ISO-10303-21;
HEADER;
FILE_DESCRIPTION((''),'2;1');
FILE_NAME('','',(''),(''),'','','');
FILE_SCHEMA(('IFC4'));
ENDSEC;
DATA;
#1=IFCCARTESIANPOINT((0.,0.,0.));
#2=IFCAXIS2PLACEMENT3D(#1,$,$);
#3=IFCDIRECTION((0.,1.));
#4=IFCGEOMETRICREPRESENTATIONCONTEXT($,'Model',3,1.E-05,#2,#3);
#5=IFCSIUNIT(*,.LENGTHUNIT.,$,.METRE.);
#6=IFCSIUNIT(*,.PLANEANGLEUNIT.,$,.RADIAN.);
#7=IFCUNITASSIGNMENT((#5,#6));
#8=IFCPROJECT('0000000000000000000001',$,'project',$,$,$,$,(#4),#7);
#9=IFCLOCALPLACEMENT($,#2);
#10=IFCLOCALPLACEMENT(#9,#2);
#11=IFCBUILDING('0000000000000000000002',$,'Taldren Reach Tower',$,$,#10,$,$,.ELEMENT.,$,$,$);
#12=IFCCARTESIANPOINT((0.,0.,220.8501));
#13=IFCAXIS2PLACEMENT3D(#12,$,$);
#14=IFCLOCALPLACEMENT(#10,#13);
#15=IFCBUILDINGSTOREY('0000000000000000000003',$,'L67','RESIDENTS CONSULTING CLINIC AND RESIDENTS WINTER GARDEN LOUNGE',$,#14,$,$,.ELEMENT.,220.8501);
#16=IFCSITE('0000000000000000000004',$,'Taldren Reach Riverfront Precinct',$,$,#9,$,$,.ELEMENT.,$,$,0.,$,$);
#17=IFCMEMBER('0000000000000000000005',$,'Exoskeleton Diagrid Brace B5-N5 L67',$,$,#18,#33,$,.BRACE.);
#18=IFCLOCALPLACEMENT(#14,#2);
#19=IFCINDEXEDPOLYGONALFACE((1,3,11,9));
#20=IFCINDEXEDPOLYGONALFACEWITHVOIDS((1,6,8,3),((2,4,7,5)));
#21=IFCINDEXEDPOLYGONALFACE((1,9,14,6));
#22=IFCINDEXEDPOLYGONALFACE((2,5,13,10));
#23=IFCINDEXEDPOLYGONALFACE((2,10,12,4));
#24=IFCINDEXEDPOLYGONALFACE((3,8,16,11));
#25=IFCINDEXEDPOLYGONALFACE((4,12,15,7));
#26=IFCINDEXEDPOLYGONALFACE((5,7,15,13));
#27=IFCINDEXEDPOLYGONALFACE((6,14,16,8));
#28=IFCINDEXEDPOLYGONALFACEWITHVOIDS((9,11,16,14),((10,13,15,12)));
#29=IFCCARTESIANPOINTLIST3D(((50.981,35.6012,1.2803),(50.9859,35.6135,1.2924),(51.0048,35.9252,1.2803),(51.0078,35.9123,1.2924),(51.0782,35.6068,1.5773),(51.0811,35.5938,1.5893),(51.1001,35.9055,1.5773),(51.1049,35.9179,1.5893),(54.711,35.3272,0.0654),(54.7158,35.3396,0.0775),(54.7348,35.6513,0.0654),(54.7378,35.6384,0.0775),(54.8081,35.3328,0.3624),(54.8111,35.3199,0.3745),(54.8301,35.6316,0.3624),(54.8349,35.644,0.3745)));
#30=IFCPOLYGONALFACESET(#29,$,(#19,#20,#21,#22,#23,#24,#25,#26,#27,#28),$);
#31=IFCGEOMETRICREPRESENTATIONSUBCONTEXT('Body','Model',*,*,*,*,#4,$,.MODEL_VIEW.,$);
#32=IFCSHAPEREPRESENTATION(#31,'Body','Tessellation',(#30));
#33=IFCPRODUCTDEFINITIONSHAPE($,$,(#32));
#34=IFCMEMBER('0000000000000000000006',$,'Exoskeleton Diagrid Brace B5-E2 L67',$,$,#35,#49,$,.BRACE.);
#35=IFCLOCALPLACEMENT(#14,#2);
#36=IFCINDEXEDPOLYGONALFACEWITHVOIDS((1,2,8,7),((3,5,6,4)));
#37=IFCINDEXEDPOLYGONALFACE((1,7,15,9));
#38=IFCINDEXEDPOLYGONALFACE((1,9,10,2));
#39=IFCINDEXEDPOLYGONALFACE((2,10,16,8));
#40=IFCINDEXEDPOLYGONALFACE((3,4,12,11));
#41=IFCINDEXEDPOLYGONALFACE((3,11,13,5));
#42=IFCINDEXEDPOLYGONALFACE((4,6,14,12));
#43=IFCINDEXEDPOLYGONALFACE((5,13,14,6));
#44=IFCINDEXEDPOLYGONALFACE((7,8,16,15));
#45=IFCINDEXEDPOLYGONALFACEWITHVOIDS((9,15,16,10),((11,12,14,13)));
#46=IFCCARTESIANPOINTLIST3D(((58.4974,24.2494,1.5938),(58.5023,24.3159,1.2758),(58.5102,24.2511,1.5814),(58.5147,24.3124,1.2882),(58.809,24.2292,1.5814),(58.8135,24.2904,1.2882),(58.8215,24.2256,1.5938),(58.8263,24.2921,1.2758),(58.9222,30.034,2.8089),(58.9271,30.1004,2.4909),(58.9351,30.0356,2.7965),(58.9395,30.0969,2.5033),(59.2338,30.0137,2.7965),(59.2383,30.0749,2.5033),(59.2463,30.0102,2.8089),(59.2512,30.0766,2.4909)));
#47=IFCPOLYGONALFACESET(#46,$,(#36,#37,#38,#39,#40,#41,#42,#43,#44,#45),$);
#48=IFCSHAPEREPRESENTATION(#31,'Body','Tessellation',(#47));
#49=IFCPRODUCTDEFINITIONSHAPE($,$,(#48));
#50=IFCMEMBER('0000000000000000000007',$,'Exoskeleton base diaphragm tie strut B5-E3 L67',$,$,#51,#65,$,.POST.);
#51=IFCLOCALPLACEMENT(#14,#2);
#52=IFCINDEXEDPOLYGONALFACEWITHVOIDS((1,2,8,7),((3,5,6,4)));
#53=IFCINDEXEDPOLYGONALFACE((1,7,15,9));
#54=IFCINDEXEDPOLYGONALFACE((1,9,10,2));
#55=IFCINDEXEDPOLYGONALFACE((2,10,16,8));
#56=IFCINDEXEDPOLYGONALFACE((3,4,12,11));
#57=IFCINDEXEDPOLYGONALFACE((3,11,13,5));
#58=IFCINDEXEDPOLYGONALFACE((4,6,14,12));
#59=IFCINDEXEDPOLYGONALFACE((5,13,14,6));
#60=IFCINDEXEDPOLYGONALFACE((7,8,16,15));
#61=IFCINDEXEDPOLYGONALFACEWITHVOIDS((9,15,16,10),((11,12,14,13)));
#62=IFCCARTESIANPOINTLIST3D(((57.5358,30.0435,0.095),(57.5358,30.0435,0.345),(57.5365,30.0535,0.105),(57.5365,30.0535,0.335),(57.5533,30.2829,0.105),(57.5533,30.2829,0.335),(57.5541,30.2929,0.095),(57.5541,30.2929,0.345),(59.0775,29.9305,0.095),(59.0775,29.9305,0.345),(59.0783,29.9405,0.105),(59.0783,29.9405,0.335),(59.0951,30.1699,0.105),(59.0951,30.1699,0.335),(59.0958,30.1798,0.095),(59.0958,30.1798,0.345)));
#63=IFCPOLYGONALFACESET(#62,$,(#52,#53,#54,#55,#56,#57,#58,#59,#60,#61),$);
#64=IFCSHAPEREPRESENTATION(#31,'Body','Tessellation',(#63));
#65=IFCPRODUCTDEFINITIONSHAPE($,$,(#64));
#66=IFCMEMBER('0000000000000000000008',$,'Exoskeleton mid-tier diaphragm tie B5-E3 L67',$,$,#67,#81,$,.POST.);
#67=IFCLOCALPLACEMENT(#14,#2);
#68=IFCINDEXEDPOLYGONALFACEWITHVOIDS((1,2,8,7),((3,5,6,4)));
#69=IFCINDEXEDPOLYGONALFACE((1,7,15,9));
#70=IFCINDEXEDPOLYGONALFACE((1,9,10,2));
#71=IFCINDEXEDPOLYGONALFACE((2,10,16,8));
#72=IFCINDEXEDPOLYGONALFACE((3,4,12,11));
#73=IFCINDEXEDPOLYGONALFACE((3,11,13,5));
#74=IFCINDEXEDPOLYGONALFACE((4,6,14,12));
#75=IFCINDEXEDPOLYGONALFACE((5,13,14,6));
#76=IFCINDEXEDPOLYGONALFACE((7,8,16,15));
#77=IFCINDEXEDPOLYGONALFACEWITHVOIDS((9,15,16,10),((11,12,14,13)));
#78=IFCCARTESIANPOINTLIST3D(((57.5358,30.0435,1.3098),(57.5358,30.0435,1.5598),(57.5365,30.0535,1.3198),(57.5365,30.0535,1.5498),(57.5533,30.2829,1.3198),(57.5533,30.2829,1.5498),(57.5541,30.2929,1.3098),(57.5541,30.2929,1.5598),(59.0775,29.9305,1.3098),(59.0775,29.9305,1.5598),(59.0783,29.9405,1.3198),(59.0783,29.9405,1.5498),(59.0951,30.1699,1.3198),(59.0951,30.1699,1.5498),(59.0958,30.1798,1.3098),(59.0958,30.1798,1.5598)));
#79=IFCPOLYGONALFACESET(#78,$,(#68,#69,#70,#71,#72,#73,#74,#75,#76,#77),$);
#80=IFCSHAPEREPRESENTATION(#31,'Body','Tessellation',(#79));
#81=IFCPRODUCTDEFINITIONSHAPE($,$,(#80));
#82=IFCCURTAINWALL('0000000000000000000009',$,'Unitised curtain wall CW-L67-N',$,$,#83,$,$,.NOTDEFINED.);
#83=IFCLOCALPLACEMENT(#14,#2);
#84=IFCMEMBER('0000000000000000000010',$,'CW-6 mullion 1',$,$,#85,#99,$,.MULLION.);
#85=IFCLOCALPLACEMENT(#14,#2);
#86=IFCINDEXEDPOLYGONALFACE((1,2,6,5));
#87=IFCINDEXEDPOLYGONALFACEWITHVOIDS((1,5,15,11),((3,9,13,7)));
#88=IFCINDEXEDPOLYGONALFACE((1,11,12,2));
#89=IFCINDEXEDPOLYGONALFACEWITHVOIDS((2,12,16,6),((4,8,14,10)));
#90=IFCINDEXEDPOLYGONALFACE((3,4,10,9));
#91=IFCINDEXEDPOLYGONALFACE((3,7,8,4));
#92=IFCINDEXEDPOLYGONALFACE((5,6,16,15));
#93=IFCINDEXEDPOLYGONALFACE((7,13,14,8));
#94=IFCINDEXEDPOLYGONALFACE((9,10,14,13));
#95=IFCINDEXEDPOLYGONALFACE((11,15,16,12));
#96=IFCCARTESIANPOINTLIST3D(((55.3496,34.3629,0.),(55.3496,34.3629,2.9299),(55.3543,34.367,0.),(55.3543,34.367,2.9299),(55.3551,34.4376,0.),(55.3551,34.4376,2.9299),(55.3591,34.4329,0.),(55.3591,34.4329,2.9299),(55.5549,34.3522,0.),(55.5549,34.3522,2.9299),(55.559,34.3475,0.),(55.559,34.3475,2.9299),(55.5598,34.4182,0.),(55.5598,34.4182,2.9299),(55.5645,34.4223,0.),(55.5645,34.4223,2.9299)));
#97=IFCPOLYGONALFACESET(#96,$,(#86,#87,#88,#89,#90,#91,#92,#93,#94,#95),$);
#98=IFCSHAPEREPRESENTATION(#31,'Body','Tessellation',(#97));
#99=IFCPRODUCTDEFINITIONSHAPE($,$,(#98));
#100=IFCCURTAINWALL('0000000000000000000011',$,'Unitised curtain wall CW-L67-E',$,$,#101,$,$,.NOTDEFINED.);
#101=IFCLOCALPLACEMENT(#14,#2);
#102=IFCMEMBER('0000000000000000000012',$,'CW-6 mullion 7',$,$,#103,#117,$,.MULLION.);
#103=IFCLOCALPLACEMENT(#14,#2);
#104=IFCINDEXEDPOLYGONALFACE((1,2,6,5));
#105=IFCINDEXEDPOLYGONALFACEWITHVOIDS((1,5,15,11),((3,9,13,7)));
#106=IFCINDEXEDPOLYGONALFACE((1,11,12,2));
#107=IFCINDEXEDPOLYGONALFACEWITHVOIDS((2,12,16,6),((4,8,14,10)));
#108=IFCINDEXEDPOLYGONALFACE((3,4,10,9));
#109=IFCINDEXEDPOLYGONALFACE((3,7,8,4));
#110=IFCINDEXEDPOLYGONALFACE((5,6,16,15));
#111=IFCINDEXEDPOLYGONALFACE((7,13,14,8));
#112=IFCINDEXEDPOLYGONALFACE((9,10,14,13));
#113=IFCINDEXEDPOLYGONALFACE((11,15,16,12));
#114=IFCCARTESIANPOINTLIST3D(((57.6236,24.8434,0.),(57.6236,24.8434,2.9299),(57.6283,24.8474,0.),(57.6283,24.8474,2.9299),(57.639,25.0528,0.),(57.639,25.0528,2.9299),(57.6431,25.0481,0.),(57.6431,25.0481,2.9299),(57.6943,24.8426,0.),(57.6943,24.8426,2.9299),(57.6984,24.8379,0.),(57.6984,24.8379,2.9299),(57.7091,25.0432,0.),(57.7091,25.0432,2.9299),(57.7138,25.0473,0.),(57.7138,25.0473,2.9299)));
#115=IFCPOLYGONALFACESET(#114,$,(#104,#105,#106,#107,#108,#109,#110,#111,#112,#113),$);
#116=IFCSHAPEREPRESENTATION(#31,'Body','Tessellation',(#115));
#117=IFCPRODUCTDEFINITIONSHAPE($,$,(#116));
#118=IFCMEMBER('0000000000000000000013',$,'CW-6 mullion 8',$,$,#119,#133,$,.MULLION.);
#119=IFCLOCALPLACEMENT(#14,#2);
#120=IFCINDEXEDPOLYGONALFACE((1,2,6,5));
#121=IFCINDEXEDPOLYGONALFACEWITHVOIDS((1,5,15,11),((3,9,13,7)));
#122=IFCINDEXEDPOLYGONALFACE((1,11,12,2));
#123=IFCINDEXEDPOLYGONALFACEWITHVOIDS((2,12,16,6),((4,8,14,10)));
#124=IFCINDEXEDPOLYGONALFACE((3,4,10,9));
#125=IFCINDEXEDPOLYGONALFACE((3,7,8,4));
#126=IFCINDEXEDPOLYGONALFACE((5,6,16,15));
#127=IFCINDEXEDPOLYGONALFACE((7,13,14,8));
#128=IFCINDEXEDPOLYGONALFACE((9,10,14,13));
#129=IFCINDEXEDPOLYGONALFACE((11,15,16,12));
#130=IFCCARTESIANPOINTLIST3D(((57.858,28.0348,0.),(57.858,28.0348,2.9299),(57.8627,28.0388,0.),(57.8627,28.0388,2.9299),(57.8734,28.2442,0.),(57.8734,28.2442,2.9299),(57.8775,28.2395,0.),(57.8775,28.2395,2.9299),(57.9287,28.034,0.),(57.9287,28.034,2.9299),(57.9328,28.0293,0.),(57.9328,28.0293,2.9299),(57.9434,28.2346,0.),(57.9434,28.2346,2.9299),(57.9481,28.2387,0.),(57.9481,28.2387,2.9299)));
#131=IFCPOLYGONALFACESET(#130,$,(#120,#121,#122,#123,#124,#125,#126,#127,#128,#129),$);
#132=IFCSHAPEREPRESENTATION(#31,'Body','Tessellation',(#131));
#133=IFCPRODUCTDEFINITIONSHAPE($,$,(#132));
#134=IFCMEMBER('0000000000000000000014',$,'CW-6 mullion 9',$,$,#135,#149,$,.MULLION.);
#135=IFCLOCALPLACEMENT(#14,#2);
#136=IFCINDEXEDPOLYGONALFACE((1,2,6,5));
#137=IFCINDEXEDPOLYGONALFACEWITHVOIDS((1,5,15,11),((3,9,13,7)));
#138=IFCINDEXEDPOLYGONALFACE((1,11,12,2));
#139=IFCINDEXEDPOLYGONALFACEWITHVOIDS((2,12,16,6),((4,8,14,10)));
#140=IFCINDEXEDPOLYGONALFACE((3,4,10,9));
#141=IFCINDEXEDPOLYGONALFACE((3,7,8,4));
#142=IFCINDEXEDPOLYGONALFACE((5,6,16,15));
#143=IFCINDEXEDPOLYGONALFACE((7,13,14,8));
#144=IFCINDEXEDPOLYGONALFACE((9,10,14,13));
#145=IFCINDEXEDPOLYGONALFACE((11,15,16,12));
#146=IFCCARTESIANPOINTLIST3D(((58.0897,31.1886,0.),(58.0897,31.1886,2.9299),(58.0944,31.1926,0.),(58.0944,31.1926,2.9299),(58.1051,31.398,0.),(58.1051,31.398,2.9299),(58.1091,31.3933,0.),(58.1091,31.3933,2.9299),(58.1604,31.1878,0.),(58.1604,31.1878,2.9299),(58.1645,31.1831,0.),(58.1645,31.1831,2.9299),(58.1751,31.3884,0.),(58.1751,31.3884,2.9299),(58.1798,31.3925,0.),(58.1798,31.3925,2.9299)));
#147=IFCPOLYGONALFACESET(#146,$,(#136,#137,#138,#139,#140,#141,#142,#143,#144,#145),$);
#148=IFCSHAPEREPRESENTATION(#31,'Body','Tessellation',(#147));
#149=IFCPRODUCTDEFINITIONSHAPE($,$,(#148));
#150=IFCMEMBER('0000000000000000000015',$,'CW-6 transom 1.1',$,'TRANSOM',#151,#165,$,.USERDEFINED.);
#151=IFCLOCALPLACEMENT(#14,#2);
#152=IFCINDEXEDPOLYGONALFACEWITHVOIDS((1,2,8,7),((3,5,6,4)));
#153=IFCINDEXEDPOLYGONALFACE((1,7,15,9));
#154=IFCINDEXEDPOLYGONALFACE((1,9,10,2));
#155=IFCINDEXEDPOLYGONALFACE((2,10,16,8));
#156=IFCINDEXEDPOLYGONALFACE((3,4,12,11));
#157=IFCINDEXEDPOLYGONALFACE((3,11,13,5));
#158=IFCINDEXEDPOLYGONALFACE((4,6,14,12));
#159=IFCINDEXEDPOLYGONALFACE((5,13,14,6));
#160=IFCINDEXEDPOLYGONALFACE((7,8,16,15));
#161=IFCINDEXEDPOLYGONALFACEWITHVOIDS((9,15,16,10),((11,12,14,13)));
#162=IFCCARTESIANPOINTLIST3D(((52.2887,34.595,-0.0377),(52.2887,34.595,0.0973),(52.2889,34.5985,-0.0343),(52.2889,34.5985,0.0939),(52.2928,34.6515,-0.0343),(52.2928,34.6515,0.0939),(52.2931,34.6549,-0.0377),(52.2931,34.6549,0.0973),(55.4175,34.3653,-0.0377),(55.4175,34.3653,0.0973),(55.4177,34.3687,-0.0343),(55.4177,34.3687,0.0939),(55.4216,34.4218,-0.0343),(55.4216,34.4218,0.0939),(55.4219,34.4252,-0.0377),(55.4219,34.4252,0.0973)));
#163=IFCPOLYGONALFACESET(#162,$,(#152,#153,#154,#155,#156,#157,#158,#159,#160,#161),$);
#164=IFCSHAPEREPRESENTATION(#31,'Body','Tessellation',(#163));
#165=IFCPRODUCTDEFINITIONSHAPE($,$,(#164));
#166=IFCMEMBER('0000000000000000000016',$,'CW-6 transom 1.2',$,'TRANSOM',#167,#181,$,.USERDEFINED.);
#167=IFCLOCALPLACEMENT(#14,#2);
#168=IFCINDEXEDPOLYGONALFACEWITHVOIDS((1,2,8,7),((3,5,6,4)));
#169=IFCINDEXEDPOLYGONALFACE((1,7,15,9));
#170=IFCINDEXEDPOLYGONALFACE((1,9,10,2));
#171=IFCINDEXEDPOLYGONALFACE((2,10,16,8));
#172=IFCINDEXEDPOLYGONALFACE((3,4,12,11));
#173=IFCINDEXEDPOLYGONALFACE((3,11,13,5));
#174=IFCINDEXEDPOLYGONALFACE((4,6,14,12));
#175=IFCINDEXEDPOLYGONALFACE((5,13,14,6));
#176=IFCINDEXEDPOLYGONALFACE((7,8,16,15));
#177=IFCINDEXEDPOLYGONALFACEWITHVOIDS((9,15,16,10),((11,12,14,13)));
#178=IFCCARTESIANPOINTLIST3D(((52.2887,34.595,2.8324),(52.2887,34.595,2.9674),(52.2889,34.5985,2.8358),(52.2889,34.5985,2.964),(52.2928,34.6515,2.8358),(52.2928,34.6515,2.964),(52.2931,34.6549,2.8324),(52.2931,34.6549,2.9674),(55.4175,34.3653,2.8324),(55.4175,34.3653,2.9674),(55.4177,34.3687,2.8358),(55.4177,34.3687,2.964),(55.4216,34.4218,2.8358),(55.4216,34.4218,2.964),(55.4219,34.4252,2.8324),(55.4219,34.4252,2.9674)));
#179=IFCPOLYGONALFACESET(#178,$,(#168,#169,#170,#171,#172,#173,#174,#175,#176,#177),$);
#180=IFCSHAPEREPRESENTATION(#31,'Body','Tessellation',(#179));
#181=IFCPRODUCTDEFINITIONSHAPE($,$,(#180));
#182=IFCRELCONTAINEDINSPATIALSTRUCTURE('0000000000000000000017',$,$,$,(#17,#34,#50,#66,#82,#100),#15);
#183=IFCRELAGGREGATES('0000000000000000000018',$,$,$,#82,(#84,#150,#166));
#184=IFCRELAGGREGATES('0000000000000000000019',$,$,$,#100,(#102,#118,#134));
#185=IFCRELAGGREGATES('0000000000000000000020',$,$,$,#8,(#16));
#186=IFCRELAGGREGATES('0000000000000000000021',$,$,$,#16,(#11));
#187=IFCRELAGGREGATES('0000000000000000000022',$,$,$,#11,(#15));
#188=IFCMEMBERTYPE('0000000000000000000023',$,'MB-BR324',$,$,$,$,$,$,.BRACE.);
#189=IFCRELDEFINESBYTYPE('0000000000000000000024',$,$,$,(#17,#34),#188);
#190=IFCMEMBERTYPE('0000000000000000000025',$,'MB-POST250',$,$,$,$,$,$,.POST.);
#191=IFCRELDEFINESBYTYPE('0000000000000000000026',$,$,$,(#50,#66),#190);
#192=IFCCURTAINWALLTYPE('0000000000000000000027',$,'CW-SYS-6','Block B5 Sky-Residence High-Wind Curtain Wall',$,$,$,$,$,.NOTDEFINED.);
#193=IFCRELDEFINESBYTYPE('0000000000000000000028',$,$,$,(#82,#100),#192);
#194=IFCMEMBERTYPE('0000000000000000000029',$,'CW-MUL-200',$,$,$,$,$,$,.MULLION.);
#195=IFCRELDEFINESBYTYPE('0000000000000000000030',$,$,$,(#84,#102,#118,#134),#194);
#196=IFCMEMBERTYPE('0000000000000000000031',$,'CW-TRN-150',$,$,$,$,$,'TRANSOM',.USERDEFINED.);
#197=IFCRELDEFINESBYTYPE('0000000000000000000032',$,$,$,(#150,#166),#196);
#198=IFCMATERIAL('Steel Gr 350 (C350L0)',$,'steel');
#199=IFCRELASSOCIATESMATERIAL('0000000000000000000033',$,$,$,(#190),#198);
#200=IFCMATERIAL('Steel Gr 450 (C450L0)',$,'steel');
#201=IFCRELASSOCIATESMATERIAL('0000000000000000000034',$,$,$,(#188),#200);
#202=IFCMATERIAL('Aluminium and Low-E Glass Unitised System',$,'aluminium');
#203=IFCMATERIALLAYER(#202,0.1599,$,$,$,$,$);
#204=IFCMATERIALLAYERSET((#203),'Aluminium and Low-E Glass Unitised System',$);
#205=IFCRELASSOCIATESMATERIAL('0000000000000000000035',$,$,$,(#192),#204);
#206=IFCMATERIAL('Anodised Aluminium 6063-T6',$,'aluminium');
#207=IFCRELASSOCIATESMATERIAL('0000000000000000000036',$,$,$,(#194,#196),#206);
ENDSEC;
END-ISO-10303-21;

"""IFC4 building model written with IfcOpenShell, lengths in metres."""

from ifc_helpers import new_model, si_unit, direction, frame, origin, origin_2d, place, context, subcontext, project, spatial, hollow_rectangle, extrude, source, transform, mapped, material, layer, layer_set, material_profile, profile_set, type_object, element, aggregate, save


model = new_model("IFC4")

# Units and contexts
model_context = context("Model", 3, precision=1e-05, world=origin(), true_north=direction((0.0, 1.0)))
body_context = subcontext(model_context, "Body", "Model", "MODEL_VIEW")
ifc_project = project(units=[si_unit("LENGTHUNIT", "METRE"), si_unit("PLANEANGLEUNIT", "RADIAN")], contexts=[model_context])

# Site, building, storey
site_placement = place(None, origin())
site = spatial("IfcSite", under=ifc_project, at=site_placement, Name="Taldren Reach Riverfront Precinct", CompositionType="ELEMENT", RefElevation=0.0)
building_placement = place(site_placement, origin())
building = spatial("IfcBuilding", under=site, at=building_placement, Name="Taldren Reach Tower", CompositionType="ELEMENT")
storey_placement = place(building_placement, frame((0.0, 0.0, 220.8501)))
storey = spatial("IfcBuildingStorey", under=building, at=storey_placement, Name="L67", Description="RESIDENTS CONSULTING CLINIC AND RESIDENTS WINTER GARDEN LOUNGE", CompositionType="ELEMENT", Elevation=220.8501)

# Shared definitions
ifc_material_1 = material(Name="Steel Gr 350 (C350L0)", Category="steel")

# Shared definitions
ifc_material_profile_1 = material_profile(ifc_material_1, hollow_rectangle(XDim=0.25, YDim=0.25, WallThickness=0.01, at=origin_2d()), Name="250x250x10.0SHS")
ifc_profile_set_1 = profile_set([ifc_material_profile_1], Name="Steel Gr 350 (C350L0)")
member_type_1 = type_object("IfcMemberType", Name="MB-POST250", PredefinedType="POST", material=ifc_profile_set_1)
ifc_material_2 = material(Name="Steel Gr 450 (C450L0)", Category="steel")

# Members
ifc_material_profile_2 = material_profile(ifc_material_2, hollow_rectangle(XDim=0.325, YDim=0.325, WallThickness=0.0127, at=origin_2d()), Name="325x325x12.7SHS")
ifc_profile_set_2 = profile_set([ifc_material_profile_2], Name="Steel Gr 450 (C450L0)")
member_type_2 = type_object("IfcMemberType", Name="MB-BR324", PredefinedType="BRACE", material=ifc_profile_set_2)
shared_shape_1 = source(origin(), body_context, "Body", "SweptSolid", [
    extrude(hollow_rectangle(XDim=0.325, YDim=0.325, WallThickness=0.0127, at=origin_2d()), origin(), (0.0, 0.0, 1.0), 3.9324),
])
member_1_placement = place(storey_placement, frame((54.7729, 35.4856, 0.22), z_axis=(-0.948529, 0.069659, 0.308933), x_axis=(-0.073242, -0.997314, 0.0)))
element("IfcMember", 1, at=member_1_placement, inside=storey, type_object=member_type_2, Name="Exoskeleton Diagrid Brace B5-N5 L67", PredefinedType="BRACE", context=body_context, shape_type="MappedRepresentation", body=[
    mapped(shared_shape_1, transform((0.0, 0.0, 0.0), scale=1.0)),
])
shared_shape_2 = source(origin(), body_context, "Body", "SweptSolid", [
    extrude(hollow_rectangle(XDim=0.325, YDim=0.325, WallThickness=0.0127, at=origin_2d()), origin(), (0.0, 0.0, 1.0), 5.926),
])
member_2_placement = place(storey_placement, frame((58.6619, 24.2708, 1.4348), z_axis=(0.071686, 0.976123, 0.205046), x_axis=(-0.997314, 0.073242, 0.0)))
element("IfcMember", 2, at=member_2_placement, inside=storey, type_object=member_type_2, Name="Exoskeleton Diagrid Brace B5-E2 L67", PredefinedType="BRACE", context=body_context, shape_type="MappedRepresentation", body=[
    mapped(shared_shape_2, transform((0.0, 0.0, 0.0), scale=1.0)),
])
shared_shape_3 = source(origin(), body_context, "Body", "SweptSolid", [
    extrude(hollow_rectangle(XDim=0.25, YDim=0.25, WallThickness=0.01, at=origin_2d()), origin(), (0.0, 0.0, 1.0), 1.5459),
])
for number, where, z_axis, x_axis, name in (
    (3, (57.5449, 30.1682, 0.22), (0.997323, -0.073121, 0.0), (0.073121, 0.997323, 0.0), "Exoskeleton base diaphragm tie strut B5-E3 L67"),
    (4, (57.5449, 30.1682, 1.4348), (0.997323, -0.073121, 0.0), (0.073121, 0.997323, 0.0), "Exoskeleton mid-tier diaphragm tie B5-E3 L67"),
):
    element("IfcMember", number, at=place(storey_placement, frame(where, z_axis=z_axis, x_axis=x_axis)), inside=storey, type_object=member_type_1, Name=name, PredefinedType="POST", context=body_context, shape_type="MappedRepresentation", body=[
        mapped(shared_shape_3, transform((0.0, 0.0, 0.0), scale=1.0)),
    ])

# Curtain wall, member
ifc_material_3 = material(Name="Aluminium and Low-E Glass Unitised System", Category="aluminium")
ifc_layer_1 = layer(ifc_material_3, 0.1599)
ifc_layer_set_1 = layer_set([ifc_layer_1], Name="Aluminium and Low-E Glass Unitised System")
curtain_wall_type = type_object("IfcCurtainWallType", Name="CW-SYS-6", Description="Block B5 Sky-Residence High-Wind Curtain Wall", PredefinedType="NOTDEFINED", material=ifc_layer_set_1)
curtain_wall_1_placement = place(storey_placement, origin())
curtain_wall_1 = element("IfcCurtainWall", 5, at=curtain_wall_1_placement, inside=storey, type_object=curtain_wall_type, Name="Unitised curtain wall CW-L67-N", PredefinedType="NOTDEFINED")
ifc_material_4 = material(Name="Anodised Aluminium 6063-T6", Category="aluminium")
ifc_material_profile_3 = material_profile(ifc_material_4, hollow_rectangle(XDim=0.075, YDim=0.21, WallThickness=0.0044, at=origin_2d()), Name="ALU-210x75x4.5RHS")
ifc_profile_set_3 = profile_set([ifc_material_profile_3], Name="Anodised Aluminium 6063-T6")
member_type_3 = type_object("IfcMemberType", Name="CW-MUL-200", PredefinedType="MULLION", material=ifc_profile_set_3)
shared_shape_4 = source(origin(), body_context, "Body", "SweptSolid", [
    extrude(hollow_rectangle(XDim=0.075, YDim=0.21, WallThickness=0.0044, at=origin_2d()), origin(), (0.0, 0.0, 1.0), 2.9299),
])
member_3_placement = place(storey_placement, frame((55.457, 34.3926, 0.0), z_axis=(0.0, 0.0, 1.0), x_axis=(-0.073238, -0.997314, 0.0)))
member_3 = element("IfcMember", 6, at=member_3_placement, type_object=member_type_3, Name="CW-6 mullion 1", PredefinedType="MULLION", context=body_context, shape_type="MappedRepresentation", body=[
    mapped(shared_shape_4, transform((0.0, 0.0, 0.0), scale=1.0)),
])

# Curtain wall, members
curtain_wall_2_placement = place(storey_placement, origin())
curtain_wall_2 = element("IfcCurtainWall", 7, at=curtain_wall_2_placement, inside=storey, type_object=curtain_wall_type, Name="Unitised curtain wall CW-L67-E", PredefinedType="NOTDEFINED")
member_4_placement = place(storey_placement, frame((57.6687, 24.9453, 0.0), z_axis=(0.0, 0.0, 1.0), x_axis=(-0.997314, 0.073238, 0.0)))
member_4 = element("IfcMember", 8, at=member_4_placement, type_object=member_type_3, Name="CW-6 mullion 7", PredefinedType="MULLION", context=body_context, shape_type="MappedRepresentation", body=[
    mapped(shared_shape_4, transform((0.0, 0.0, 0.0), scale=1.0)),
])
member_5_placement = place(storey_placement, frame((57.9031, 28.1367, 0.0), z_axis=(0.0, 0.0, 1.0), x_axis=(-0.997314, 0.073238, 0.0)))
member_5 = element("IfcMember", 9, at=member_5_placement, type_object=member_type_3, Name="CW-6 mullion 8", PredefinedType="MULLION", context=body_context, shape_type="MappedRepresentation", body=[
    mapped(shared_shape_4, transform((0.0, 0.0, 0.0), scale=1.0)),
])
member_6_placement = place(storey_placement, frame((58.1348, 31.2905, 0.0), z_axis=(0.0, 0.0, 1.0), x_axis=(-0.997314, 0.073238, 0.0)))
member_6 = element("IfcMember", 10, at=member_6_placement, type_object=member_type_3, Name="CW-6 mullion 9", PredefinedType="MULLION", context=body_context, shape_type="MappedRepresentation", body=[
    mapped(shared_shape_4, transform((0.0, 0.0, 0.0), scale=1.0)),
])

# Members
ifc_material_profile_4 = material_profile(ifc_material_4, hollow_rectangle(XDim=0.0601, YDim=0.135, WallThickness=0.0034, at=origin_2d()), Name="ALU-135x60x3.5RHS")
ifc_profile_set_4 = profile_set([ifc_material_profile_4], Name="Anodised Aluminium 6063-T6")
member_type_4 = type_object("IfcMemberType", Name="CW-TRN-150", ElementType="TRANSOM", PredefinedType="USERDEFINED", material=ifc_profile_set_4)
shared_shape_5 = source(origin(), body_context, "Body", "SweptSolid", [
    extrude(hollow_rectangle(XDim=0.0601, YDim=0.135, WallThickness=0.0034, at=origin_2d()), origin(), (0.0, 0.0, 1.0), 3.1372),
])
member_7_placement = place(storey_placement, frame((55.4197, 34.3953, 0.0298), z_axis=(-0.997315, 0.073227, 0.0), x_axis=(-0.073227, -0.997315, 0.0)))
member_7 = element("IfcMember", 11, at=member_7_placement, type_object=member_type_4, Name="CW-6 transom 1.1", ObjectType="TRANSOM", PredefinedType="USERDEFINED", context=body_context, shape_type="MappedRepresentation", body=[
    mapped(shared_shape_5, transform((0.0, 0.0, 0.0), scale=1.0)),
])
member_8_placement = place(storey_placement, frame((55.4197, 34.3953, 2.8999), z_axis=(-0.997315, 0.073227, 0.0), x_axis=(-0.073227, -0.997315, 0.0)))
member_8 = element("IfcMember", 12, at=member_8_placement, type_object=member_type_4, Name="CW-6 transom 1.2", ObjectType="TRANSOM", PredefinedType="USERDEFINED", context=body_context, shape_type="MappedRepresentation", body=[
    mapped(shared_shape_5, transform((0.0, 0.0, 0.0), scale=1.0)),
])
aggregate(curtain_wall_1, [member_3, member_7, member_8])

aggregate(curtain_wall_2, [member_4, member_5, member_6])

save(model, "model.ifc")
